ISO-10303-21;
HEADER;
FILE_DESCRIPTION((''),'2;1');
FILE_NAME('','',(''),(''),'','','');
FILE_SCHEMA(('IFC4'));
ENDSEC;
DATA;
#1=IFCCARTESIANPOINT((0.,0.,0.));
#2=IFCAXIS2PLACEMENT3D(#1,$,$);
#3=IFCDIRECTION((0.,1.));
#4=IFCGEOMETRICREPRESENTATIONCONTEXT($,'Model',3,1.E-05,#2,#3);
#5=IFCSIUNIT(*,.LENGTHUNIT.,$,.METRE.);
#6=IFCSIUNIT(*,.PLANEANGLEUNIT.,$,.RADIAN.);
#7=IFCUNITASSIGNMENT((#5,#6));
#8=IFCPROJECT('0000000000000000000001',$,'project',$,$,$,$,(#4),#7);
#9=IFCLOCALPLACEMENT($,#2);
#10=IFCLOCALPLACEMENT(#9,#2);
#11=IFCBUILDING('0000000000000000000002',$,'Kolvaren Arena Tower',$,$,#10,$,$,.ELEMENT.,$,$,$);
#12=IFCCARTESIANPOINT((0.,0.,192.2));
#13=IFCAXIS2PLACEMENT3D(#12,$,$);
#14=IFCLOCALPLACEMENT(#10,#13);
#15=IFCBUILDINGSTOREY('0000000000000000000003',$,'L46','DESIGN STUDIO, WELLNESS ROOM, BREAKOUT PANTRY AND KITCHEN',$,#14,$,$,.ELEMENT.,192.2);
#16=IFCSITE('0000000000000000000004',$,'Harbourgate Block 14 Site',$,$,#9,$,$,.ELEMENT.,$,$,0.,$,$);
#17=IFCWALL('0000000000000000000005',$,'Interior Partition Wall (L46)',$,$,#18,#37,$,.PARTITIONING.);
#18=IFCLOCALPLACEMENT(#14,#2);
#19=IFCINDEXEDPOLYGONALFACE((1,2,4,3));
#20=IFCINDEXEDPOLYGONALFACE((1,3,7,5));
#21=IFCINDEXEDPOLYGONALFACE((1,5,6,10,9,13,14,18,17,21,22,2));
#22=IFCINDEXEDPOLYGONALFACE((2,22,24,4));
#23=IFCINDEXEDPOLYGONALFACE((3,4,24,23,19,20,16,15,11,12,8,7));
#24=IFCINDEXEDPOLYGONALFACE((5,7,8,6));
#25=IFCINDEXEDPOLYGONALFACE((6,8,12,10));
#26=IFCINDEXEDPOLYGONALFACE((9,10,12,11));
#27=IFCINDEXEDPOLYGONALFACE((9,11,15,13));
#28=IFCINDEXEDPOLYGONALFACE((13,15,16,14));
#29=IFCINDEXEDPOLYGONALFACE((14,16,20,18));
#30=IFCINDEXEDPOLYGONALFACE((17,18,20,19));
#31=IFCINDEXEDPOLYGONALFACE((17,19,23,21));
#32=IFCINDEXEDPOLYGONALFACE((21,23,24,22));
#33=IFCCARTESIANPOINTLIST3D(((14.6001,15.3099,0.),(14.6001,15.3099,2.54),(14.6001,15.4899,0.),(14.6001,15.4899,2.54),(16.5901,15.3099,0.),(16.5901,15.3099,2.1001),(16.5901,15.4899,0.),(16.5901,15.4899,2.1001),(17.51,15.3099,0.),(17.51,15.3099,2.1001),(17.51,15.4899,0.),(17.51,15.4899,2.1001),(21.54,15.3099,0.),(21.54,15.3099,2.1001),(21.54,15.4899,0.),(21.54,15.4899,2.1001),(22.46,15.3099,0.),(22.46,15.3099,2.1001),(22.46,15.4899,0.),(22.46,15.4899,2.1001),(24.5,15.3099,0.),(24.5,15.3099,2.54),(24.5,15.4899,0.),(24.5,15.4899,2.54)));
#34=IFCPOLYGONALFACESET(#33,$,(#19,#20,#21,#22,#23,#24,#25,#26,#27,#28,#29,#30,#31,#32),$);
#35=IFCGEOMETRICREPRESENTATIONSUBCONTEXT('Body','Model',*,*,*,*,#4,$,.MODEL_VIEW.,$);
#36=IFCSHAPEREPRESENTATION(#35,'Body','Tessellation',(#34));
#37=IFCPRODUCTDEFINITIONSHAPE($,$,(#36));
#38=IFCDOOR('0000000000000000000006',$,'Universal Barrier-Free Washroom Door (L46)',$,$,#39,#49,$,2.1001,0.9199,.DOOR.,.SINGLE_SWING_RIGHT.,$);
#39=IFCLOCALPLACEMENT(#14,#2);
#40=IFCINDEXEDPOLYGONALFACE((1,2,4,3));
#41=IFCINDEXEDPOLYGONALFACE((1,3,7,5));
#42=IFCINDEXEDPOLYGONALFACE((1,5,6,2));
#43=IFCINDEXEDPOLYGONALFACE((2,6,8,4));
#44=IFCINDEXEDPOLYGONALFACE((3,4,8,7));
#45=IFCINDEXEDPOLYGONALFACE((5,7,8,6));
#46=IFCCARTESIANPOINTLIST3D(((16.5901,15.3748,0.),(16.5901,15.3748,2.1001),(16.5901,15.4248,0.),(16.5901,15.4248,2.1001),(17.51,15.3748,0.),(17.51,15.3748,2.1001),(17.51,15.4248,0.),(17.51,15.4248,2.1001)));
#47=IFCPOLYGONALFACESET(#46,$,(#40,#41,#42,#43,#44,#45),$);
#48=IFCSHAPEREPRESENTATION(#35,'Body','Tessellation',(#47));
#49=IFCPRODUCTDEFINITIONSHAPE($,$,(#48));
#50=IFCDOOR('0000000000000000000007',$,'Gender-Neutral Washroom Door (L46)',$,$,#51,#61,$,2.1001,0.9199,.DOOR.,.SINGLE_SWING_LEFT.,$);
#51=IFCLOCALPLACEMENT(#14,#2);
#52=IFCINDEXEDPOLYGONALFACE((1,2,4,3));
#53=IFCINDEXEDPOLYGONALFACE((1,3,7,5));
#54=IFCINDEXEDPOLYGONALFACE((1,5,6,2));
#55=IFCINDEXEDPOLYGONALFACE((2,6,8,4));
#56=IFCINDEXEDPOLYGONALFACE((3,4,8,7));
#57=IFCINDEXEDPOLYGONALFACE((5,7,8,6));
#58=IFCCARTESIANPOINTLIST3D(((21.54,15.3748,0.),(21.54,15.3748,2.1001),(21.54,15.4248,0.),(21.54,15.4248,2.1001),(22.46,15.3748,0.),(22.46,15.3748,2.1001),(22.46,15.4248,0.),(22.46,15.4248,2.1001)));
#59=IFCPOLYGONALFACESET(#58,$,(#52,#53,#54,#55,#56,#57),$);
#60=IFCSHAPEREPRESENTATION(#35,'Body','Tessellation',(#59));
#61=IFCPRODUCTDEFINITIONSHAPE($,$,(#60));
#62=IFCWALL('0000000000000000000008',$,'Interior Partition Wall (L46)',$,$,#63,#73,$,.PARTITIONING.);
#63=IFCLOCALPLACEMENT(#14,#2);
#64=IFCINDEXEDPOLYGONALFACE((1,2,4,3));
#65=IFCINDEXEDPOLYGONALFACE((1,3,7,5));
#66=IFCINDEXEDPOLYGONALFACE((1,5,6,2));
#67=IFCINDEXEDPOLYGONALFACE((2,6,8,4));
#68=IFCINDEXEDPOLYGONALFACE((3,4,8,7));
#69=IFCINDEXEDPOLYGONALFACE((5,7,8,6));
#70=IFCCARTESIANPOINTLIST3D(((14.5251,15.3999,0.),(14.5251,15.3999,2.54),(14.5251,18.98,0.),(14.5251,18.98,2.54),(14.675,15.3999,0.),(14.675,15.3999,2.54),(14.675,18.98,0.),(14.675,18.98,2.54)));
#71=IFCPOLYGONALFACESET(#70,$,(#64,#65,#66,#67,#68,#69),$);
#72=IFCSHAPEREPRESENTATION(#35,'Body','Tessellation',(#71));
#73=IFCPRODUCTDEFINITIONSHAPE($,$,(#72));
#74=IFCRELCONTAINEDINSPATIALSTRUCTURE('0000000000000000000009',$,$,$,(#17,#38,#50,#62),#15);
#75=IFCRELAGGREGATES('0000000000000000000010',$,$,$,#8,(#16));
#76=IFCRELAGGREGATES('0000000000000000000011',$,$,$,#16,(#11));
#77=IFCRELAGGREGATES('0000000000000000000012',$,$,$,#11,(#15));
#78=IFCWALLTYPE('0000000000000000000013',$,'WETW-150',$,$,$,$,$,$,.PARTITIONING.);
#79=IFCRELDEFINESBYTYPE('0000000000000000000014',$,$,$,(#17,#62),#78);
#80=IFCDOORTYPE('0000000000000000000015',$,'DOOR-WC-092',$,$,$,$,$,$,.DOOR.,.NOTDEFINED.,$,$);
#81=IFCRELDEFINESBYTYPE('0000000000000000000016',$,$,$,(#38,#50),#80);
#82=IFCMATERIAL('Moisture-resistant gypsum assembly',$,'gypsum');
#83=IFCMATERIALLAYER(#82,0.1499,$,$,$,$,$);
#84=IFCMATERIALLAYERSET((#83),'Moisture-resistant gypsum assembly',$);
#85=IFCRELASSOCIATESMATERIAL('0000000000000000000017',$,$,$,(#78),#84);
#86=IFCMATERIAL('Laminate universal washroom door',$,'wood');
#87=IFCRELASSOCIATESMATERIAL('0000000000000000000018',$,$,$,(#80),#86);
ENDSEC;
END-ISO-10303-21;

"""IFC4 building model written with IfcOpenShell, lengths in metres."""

from ifc_helpers import new_model, si_unit, direction, frame, frame_2d, origin, place, context, subcontext, project, spatial, rectangle, extrude, material, layer, layer_set, type_object, element, fill, save


model = new_model("IFC4")

# Units and contexts
model_context = context("Model", 3, precision=1e-05, world=origin(), true_north=direction((0.0, 1.0)))
body_context = subcontext(model_context, "Body", "Model", "MODEL_VIEW")
ifc_project = project(units=[si_unit("LENGTHUNIT", "METRE"), si_unit("PLANEANGLEUNIT", "RADIAN")], contexts=[model_context])

# Site, building, storey
site_placement = place(None, origin())
site = spatial("IfcSite", under=ifc_project, at=site_placement, Name="Harbourgate Block 14 Site", CompositionType="ELEMENT", RefElevation=0.0)
building_placement = place(site_placement, origin())
building = spatial("IfcBuilding", under=site, at=building_placement, Name="Kolvaren Arena Tower", CompositionType="ELEMENT")
storey_placement = place(building_placement, frame((0.0, 0.0, 192.2)))
storey = spatial("IfcBuildingStorey", under=building, at=storey_placement, Name="L46", Description="DESIGN STUDIO, WELLNESS ROOM, BREAKOUT PANTRY AND KITCHEN", CompositionType="ELEMENT", Elevation=192.2)

# Wall, openings, doors
ifc_material_1 = material(Name="Moisture-resistant gypsum assembly", Category="gypsum")
ifc_layer_1 = layer(ifc_material_1, 0.1499)
ifc_layer_set_1 = layer_set([ifc_layer_1], Name="Moisture-resistant gypsum assembly")
wall_type_1 = type_object("IfcWallType", Name="WETW-150", PredefinedType="PARTITIONING", material=ifc_layer_set_1)
wall_1_placement = place(storey_placement, frame((14.6001, 15.3999, 0.0), z_axis=(0.0, 0.0, 1.0), x_axis=(1.0, 0.0, 0.0)))
wall_1 = element("IfcWall", 1, at=wall_1_placement, inside=storey, type_object=wall_type_1, Name="Interior Partition Wall (L46)", PredefinedType="PARTITIONING", context=body_context, shape_type="SweptSolid", body=[
    extrude(rectangle(XDim=9.8999, YDim=0.1799, at=frame_2d((4.95, 0.0))), origin(), (0.0, 0.0, 1.0), 2.54),
])
opening_1_placement = place(wall_1_placement, frame((1.99, 0.0, 0.0)))
opening_1 = element("IfcOpeningElement", 2, at=opening_1_placement, cuts=wall_1, PredefinedType="OPENING", context=body_context, shape_type="SweptSolid", body=[
    extrude(rectangle(XDim=0.9199, YDim=2.1001, at=frame_2d((0.46, 1.05))), frame((0.0, 0.0999, 0.0), z_axis=(0.0, -1.0, 0.0), x_axis=(1.0, 0.0, 0.0)), (0.0, 0.0, 1.0), 0.2),
])
opening_2_placement = place(wall_1_placement, frame((6.9399, 0.0, 0.0)))
opening_2 = element("IfcOpeningElement", 3, at=opening_2_placement, cuts=wall_1, PredefinedType="OPENING", context=body_context, shape_type="SweptSolid", body=[
    extrude(rectangle(XDim=0.9199, YDim=2.1001, at=frame_2d((0.46, 1.05))), frame((0.0, 0.0999, 0.0), z_axis=(0.0, -1.0, 0.0), x_axis=(1.0, 0.0, 0.0)), (0.0, 0.0, 1.0), 0.2),
])
ifc_material_2 = material(Name="Laminate universal washroom door", Category="wood")
door_type_1 = type_object("IfcDoorType", Name="DOOR-WC-092", OperationType="NOTDEFINED", PredefinedType="DOOR", material=ifc_material_2)
door_1_placement = place(opening_1_placement, origin())
door_1 = element("IfcDoor", 4, at=door_1_placement, inside=storey, type_object=door_type_1, Name="Universal Barrier-Free Washroom Door (L46)", OperationType="SINGLE_SWING_RIGHT", OverallHeight=2.1001, OverallWidth=0.9199, PredefinedType="DOOR", context=body_context, shape_type="SweptSolid", body=[
    extrude(rectangle(XDim=0.9199, YDim=2.1001, at=frame_2d((0.46, 1.05))), frame((0.0, 0.0249, 0.0), z_axis=(0.0, -1.0, 0.0), x_axis=(1.0, 0.0, 0.0)), (0.0, 0.0, 1.0), 0.05),
])
fill(opening_1, door_1)
door_2_placement = place(opening_2_placement, origin())
door_2 = element("IfcDoor", 5, at=door_2_placement, inside=storey, type_object=door_type_1, Name="Gender-Neutral Washroom Door (L46)", OperationType="SINGLE_SWING_LEFT", OverallHeight=2.1001, OverallWidth=0.9199, PredefinedType="DOOR", context=body_context, shape_type="SweptSolid", body=[
    extrude(rectangle(XDim=0.9199, YDim=2.1001, at=frame_2d((0.46, 1.05))), frame((0.0, 0.0249, 0.0), z_axis=(0.0, -1.0, 0.0), x_axis=(1.0, 0.0, 0.0)), (0.0, 0.0, 1.0), 0.05),
])
fill(opening_2, door_2)

# Wall
wall_2_placement = place(storey_placement, frame((14.6001, 15.3999, 0.0), z_axis=(0.0, 0.0, 1.0), x_axis=(0.0, 1.0, 0.0)))
element("IfcWall", 6, at=wall_2_placement, inside=storey, type_object=wall_type_1, Name="Interior Partition Wall (L46)", PredefinedType="PARTITIONING", context=body_context, shape_type="SweptSolid", body=[
    extrude(rectangle(XDim=3.5801, YDim=0.1499, at=frame_2d((1.79, 0.0))), origin(), (0.0, 0.0, 1.0), 2.54),
])

save(model, "model.ifc")
